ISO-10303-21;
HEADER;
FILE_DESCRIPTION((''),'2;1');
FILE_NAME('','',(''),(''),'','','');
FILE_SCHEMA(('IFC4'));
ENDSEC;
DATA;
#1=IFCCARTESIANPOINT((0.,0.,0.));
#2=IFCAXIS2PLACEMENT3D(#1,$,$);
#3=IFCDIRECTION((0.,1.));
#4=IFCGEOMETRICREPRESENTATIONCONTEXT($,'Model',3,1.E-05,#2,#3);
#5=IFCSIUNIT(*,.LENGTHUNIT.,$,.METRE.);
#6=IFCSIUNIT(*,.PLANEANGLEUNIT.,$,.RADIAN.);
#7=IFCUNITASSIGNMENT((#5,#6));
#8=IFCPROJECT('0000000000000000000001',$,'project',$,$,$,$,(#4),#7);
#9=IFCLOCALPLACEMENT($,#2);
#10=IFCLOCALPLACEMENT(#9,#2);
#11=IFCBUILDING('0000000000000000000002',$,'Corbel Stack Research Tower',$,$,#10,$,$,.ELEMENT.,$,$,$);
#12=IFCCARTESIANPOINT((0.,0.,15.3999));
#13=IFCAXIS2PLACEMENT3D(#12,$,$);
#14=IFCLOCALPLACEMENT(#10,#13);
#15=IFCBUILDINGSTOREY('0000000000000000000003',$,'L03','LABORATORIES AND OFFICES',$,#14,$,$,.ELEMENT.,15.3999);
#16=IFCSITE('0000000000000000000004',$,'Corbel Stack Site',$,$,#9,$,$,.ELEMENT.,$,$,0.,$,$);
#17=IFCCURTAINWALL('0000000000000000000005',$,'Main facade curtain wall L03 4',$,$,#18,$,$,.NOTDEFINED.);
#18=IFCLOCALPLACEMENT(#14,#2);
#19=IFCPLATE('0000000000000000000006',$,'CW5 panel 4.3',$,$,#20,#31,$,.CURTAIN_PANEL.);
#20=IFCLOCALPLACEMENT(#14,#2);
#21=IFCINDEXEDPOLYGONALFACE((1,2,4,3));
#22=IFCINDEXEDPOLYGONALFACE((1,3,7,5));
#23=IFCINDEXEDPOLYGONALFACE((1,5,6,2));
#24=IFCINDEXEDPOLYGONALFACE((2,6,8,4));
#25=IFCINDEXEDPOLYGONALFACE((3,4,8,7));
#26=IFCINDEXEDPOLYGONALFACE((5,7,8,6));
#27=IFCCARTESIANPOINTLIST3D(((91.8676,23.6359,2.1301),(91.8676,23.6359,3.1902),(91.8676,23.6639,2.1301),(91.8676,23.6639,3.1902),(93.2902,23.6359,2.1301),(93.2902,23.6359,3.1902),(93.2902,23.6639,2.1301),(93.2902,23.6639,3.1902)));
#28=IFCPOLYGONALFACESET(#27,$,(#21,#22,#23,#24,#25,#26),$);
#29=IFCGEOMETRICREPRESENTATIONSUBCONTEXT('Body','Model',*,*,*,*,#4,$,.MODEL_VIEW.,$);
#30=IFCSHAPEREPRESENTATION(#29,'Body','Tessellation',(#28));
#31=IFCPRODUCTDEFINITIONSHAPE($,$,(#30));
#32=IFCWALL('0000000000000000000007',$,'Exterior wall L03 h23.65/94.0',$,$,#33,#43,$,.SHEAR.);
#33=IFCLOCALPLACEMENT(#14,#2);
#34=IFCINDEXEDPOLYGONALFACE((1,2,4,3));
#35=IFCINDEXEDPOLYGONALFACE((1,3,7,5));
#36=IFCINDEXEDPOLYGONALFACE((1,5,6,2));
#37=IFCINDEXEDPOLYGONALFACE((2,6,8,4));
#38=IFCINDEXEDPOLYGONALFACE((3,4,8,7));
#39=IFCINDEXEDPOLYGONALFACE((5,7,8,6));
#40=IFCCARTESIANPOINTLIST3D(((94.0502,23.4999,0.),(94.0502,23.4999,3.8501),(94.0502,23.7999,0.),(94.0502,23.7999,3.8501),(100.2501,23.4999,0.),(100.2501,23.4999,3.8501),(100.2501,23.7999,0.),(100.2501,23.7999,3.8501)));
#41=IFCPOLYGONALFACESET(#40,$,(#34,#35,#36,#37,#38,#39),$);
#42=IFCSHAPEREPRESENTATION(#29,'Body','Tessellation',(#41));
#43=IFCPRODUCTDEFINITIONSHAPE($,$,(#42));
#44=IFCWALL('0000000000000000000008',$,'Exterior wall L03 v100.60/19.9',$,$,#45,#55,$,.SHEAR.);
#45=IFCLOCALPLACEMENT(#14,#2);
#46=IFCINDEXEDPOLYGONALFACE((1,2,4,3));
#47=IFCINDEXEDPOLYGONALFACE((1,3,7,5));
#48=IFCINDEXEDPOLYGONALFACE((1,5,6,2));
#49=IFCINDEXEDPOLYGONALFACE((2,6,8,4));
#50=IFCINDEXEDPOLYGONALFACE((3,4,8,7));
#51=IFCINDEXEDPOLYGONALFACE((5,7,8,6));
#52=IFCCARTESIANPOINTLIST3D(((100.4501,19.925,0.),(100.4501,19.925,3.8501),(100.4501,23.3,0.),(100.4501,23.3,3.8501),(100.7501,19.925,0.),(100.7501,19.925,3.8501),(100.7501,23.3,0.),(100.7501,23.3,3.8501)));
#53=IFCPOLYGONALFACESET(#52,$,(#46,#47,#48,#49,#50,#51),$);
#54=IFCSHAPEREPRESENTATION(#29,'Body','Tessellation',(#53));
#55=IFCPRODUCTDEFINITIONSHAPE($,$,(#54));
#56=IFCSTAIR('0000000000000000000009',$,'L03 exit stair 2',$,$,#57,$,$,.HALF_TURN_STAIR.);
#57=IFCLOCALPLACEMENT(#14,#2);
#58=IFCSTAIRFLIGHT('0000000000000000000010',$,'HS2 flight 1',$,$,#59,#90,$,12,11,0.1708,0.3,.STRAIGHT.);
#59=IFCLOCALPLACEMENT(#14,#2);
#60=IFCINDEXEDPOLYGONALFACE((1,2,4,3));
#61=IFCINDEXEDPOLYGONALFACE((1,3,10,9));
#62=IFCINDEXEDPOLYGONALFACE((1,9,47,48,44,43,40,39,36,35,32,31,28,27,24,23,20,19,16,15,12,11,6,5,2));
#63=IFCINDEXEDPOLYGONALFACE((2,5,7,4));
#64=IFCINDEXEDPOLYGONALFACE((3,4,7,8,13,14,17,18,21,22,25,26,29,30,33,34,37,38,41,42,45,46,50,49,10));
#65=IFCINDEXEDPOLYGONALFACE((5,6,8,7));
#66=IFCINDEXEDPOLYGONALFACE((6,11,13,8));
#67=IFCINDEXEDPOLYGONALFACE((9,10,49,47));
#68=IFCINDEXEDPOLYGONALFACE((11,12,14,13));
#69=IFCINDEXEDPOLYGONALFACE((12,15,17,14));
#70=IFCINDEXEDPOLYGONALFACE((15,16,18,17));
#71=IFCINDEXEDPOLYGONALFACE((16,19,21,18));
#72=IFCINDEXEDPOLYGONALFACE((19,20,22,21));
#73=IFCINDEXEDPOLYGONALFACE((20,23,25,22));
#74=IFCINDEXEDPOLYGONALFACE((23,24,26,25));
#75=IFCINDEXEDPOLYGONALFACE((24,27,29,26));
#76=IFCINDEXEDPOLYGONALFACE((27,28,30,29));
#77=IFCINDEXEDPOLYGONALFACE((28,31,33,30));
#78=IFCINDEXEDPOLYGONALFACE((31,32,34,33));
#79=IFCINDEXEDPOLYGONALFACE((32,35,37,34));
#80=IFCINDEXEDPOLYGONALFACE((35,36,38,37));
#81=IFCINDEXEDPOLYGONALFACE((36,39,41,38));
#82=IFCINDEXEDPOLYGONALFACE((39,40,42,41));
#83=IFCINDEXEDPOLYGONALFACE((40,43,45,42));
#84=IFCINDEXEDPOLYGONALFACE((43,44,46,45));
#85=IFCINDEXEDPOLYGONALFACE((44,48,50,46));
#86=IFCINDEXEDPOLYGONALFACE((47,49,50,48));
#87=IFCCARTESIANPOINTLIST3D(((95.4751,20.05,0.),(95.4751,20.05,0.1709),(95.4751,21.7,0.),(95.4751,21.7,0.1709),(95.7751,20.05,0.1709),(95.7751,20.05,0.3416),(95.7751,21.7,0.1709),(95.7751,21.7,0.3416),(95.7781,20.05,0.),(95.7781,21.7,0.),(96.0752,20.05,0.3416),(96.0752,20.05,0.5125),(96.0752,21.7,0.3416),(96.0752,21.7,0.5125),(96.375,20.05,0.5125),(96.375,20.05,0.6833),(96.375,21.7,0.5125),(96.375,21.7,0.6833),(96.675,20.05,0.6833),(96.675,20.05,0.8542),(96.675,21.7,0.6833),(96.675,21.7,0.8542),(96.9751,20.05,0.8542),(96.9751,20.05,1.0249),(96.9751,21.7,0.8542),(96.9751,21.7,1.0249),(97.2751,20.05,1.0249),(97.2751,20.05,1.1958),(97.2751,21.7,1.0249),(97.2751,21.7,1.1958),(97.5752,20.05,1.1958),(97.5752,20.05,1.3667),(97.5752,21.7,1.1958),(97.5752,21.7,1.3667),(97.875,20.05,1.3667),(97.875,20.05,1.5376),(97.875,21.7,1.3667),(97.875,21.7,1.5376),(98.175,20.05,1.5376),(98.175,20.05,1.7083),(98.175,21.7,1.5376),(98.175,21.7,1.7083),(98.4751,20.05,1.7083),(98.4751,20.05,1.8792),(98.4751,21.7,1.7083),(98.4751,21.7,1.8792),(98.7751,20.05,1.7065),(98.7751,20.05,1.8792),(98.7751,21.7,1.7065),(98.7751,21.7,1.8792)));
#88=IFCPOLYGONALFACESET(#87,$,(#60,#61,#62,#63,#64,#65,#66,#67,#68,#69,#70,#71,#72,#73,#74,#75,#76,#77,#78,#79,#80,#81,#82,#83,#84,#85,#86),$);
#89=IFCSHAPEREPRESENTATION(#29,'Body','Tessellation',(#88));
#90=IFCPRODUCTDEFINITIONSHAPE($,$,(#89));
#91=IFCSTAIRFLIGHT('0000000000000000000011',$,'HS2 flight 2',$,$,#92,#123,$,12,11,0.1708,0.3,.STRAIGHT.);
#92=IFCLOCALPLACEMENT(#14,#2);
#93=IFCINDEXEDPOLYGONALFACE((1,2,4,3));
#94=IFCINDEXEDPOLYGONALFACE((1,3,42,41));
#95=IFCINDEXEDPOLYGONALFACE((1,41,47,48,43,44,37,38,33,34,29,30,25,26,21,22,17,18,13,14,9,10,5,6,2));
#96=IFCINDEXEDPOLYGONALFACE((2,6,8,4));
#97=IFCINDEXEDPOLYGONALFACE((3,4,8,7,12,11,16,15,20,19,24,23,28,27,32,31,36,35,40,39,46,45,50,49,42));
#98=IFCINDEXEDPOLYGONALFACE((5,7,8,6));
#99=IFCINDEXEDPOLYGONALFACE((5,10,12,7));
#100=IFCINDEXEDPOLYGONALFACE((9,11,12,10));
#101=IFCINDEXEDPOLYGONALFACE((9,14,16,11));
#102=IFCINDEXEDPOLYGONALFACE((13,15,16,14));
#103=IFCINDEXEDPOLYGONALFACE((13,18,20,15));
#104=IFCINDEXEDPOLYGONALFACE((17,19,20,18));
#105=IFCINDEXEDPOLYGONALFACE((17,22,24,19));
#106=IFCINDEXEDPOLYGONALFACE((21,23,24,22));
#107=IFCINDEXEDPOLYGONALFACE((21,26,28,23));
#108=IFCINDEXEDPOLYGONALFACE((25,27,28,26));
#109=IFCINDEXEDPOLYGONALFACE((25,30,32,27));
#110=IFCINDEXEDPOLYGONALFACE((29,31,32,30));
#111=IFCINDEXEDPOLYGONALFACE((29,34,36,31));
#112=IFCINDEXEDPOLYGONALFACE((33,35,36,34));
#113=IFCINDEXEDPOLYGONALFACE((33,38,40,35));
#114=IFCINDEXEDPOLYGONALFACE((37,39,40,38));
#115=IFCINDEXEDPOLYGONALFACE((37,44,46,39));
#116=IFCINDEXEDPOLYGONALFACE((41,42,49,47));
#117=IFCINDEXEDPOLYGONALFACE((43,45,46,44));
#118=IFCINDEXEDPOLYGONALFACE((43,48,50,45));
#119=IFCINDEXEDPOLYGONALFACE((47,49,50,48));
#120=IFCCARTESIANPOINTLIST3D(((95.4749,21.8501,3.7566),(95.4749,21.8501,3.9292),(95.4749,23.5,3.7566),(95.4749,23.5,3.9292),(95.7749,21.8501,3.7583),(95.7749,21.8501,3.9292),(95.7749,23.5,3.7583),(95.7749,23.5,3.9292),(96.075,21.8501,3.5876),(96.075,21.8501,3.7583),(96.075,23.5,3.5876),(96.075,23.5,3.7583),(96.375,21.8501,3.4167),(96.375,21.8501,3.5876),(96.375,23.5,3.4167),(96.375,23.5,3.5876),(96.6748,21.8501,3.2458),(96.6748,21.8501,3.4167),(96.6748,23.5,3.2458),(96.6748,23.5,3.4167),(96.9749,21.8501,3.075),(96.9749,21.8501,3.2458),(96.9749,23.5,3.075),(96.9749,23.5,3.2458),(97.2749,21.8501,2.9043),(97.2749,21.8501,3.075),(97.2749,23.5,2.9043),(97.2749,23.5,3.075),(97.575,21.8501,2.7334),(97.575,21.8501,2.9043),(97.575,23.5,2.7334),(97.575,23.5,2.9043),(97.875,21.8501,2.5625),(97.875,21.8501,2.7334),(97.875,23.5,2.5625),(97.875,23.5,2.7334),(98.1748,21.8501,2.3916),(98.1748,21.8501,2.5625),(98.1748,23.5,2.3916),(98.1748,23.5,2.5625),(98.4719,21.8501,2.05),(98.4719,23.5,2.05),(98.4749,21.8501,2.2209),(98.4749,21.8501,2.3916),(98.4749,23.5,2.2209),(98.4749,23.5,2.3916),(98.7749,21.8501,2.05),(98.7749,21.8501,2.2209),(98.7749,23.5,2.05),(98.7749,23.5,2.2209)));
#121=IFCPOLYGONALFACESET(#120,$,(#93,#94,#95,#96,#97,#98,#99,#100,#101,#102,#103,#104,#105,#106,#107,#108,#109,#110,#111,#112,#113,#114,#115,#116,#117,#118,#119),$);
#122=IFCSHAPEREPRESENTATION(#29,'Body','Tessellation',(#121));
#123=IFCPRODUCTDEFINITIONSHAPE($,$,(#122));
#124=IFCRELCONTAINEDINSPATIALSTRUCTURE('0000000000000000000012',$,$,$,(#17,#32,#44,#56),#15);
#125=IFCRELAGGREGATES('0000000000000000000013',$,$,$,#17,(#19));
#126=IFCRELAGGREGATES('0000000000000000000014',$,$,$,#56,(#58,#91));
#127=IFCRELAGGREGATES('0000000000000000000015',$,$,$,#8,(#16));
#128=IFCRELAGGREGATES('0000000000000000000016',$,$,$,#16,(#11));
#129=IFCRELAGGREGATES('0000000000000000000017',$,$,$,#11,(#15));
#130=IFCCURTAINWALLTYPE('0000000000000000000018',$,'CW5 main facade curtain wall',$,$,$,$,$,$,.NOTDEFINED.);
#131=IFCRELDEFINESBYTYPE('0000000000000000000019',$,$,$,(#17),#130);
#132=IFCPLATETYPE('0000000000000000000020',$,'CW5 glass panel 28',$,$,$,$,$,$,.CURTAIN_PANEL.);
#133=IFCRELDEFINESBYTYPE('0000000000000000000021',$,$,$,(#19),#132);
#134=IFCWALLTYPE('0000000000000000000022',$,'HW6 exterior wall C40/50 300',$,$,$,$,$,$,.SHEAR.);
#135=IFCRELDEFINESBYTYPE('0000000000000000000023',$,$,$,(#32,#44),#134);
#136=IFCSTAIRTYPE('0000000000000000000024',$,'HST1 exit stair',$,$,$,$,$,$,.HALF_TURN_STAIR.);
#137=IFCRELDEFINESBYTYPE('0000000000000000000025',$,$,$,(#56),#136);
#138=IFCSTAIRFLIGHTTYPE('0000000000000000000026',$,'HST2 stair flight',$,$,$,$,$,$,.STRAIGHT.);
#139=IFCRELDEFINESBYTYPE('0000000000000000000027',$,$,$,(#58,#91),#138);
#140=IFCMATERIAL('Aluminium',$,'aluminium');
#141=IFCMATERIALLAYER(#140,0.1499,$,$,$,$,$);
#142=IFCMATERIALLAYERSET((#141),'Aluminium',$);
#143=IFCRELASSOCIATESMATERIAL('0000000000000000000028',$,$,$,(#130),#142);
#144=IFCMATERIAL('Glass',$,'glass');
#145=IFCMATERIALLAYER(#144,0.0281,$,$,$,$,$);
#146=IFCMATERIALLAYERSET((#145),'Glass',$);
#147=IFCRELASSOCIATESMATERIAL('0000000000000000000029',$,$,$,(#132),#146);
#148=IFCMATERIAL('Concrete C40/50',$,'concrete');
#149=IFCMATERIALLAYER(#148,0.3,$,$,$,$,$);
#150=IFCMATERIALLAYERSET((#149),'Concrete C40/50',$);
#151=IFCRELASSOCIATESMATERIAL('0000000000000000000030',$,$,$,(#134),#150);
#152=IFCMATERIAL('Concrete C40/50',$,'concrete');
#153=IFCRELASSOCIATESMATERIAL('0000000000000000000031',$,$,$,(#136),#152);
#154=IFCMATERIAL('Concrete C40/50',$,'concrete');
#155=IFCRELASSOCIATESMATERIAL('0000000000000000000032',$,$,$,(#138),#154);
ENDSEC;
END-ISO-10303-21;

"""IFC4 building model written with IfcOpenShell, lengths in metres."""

from ifc_helpers import new_model, si_unit, direction, frame, frame_2d, origin, origin_2d, place, context, subcontext, project, spatial, polyline, rectangle, outline, extrude, material, layer, layer_set, type_object, element, aggregate, save


model = new_model("IFC4")

# Units and contexts
model_context = context("Model", 3, precision=1e-05, world=origin(), true_north=direction((0.0, 1.0)))
body_context = subcontext(model_context, "Body", "Model", "MODEL_VIEW")
ifc_project = project(units=[si_unit("LENGTHUNIT", "METRE"), si_unit("PLANEANGLEUNIT", "RADIAN")], contexts=[model_context])

# Site, building, storey
site_placement = place(None, origin())
site = spatial("IfcSite", under=ifc_project, at=site_placement, Name="Corbel Stack Site", CompositionType="ELEMENT", RefElevation=0.0)
building_placement = place(site_placement, origin())
building = spatial("IfcBuilding", under=site, at=building_placement, Name="Corbel Stack Research Tower", CompositionType="ELEMENT")
storey_placement = place(building_placement, frame((0.0, 0.0, 15.3999)))
storey = spatial("IfcBuildingStorey", under=building, at=storey_placement, Name="L03", Description="LABORATORIES AND OFFICES", CompositionType="ELEMENT", Elevation=15.3999)

# Curtain wall, plate
ifc_material_1 = material(Name="Aluminium", Category="aluminium")
ifc_layer_1 = layer(ifc_material_1, 0.1499)
ifc_layer_set_1 = layer_set([ifc_layer_1], Name="Aluminium")
curtain_wall_type = type_object("IfcCurtainWallType", Name="CW5 main facade curtain wall", PredefinedType="NOTDEFINED", material=ifc_layer_set_1)
curtain_wall_placement = place(storey_placement, origin())
curtain_wall = element("IfcCurtainWall", 1, at=curtain_wall_placement, inside=storey, type_object=curtain_wall_type, Name="Main facade curtain wall L03 4", PredefinedType="NOTDEFINED")
ifc_material_2 = material(Name="Glass", Category="glass")
ifc_layer_2 = layer(ifc_material_2, 0.0281)
ifc_layer_set_2 = layer_set([ifc_layer_2], Name="Glass")
plate_type = type_object("IfcPlateType", Name="CW5 glass panel 28", PredefinedType="CURTAIN_PANEL", material=ifc_layer_set_2)
plate_1_placement = place(storey_placement, frame((92.5789, 23.6499, 2.1301), z_axis=(0.0, 0.0, 1.0), x_axis=(1.0, 0.0, 0.0)))
plate_1 = element("IfcPlate", 2, at=plate_1_placement, type_object=plate_type, Name="CW5 panel 4.3", PredefinedType="CURTAIN_PANEL", context=body_context, shape_type="SweptSolid", body=[
    extrude(rectangle(XDim=1.4226, YDim=0.0281, at=origin_2d()), origin(), (0.0, 0.0, 1.0), 1.0601),
])
aggregate(curtain_wall, [plate_1])

# Walls
ifc_material_3 = material(Name="Concrete C40/50", Category="concrete")
ifc_layer_3 = layer(ifc_material_3, 0.3)
ifc_layer_set_3 = layer_set([ifc_layer_3], Name="Concrete C40/50")
wall_type = type_object("IfcWallType", Name="HW6 exterior wall C40/50 300", PredefinedType="SHEAR", material=ifc_layer_set_3)
wall_1_placement = place(storey_placement, frame((94.05, 23.6499, 0.0), z_axis=(0.0, 0.0, 1.0), x_axis=(1.0, 0.0, 0.0)))
element("IfcWall", 3, at=wall_1_placement, inside=storey, type_object=wall_type, Name="Exterior wall L03 h23.65/94.0", PredefinedType="SHEAR", context=body_context, shape_type="SweptSolid", body=[
    extrude(rectangle(XDim=6.2, YDim=0.3, at=frame_2d((3.1001, 0.0))), origin(), (0.0, 0.0, 1.0), 3.8501),
])
wall_2_placement = place(storey_placement, frame((100.6001, 19.925, 0.0), z_axis=(0.0, 0.0, 1.0), x_axis=(0.0, 1.0, 0.0)))
element("IfcWall", 4, at=wall_2_placement, inside=storey, type_object=wall_type, Name="Exterior wall L03 v100.60/19.9", PredefinedType="SHEAR", context=body_context, shape_type="SweptSolid", body=[
    extrude(rectangle(XDim=3.375, YDim=0.3, at=frame_2d((1.6875, 0.0))), origin(), (0.0, 0.0, 1.0), 3.8501),
])

# Stair, stair flights
ifc_material_4 = material(Name="Concrete C40/50", Category="concrete")
stair_type = type_object("IfcStairType", Name="HST1 exit stair", PredefinedType="HALF_TURN_STAIR", material=ifc_material_4)
stair_placement = place(storey_placement, origin())
stair = element("IfcStair", 5, at=stair_placement, inside=storey, type_object=stair_type, Name="L03 exit stair 2", PredefinedType="HALF_TURN_STAIR")
ifc_material_5 = material(Name="Concrete C40/50", Category="concrete")
stair_flight_type = type_object("IfcStairFlightType", Name="HST2 stair flight", PredefinedType="STRAIGHT", material=ifc_material_5)
stair_flight_1_placement = place(storey_placement, frame((95.4751, 20.875, 0.0), z_axis=(0.0, 0.0, 1.0), x_axis=(1.0, 0.0, 0.0)))
stair_flight_1 = element("IfcStairFlight", 6, at=stair_flight_1_placement, type_object=stair_flight_type, Name="HS2 flight 1", NumberOfRisers=12, NumberOfTreads=11, PredefinedType="STRAIGHT", RiserHeight=0.1708, TreadLength=0.3, context=body_context, shape_type="SweptSolid", body=[
    extrude(outline(polyline([(0.0, 0.0), (0.0, 0.1709), (0.3, 0.1709), (0.3, 0.3416), (0.6001, 0.3416), (0.6001, 0.5125), (0.8999, 0.5125), (0.8999, 0.6833), (1.2, 0.6833), (1.2, 0.8542), (1.5, 0.8542), (1.5, 1.0249), (1.8, 1.0249), (1.8, 1.1958), (2.1001, 1.1958), (2.1001, 1.3667), (2.3999, 1.3667), (2.3999, 1.5376), (2.7, 1.5376), (2.7, 1.7083), (3.0, 1.7083), (3.0, 1.8792), (3.3, 1.8792), (3.3, 2.05), (3.3, 1.7065), (0.303, 0.0), (0.0, 0.0)])), frame((0.0, 0.825, 0.0), z_axis=(0.0, -1.0, 0.0), x_axis=(1.0, 0.0, 0.0)), (0.0, 0.0, 1.0), 1.6499),
])
stair_flight_2_placement = place(storey_placement, frame((98.7749, 22.675, 2.05), z_axis=(0.0, 0.0, 1.0), x_axis=(-1.0, 0.0, 0.0)))
stair_flight_2 = element("IfcStairFlight", 7, at=stair_flight_2_placement, type_object=stair_flight_type, Name="HS2 flight 2", NumberOfRisers=12, NumberOfTreads=11, PredefinedType="STRAIGHT", RiserHeight=0.1708, TreadLength=0.3, context=body_context, shape_type="SweptSolid", body=[
    extrude(outline(polyline([(0.0, 0.0), (0.0, 0.1709), (0.3, 0.1709), (0.3, 0.3416), (0.6001, 0.3416), (0.6001, 0.5125), (0.8999, 0.5125), (0.8999, 0.6833), (1.2, 0.6833), (1.2, 0.8542), (1.5, 0.8542), (1.5, 1.0249), (1.8, 1.0249), (1.8, 1.1958), (2.1001, 1.1958), (2.1001, 1.3667), (2.3999, 1.3667), (2.3999, 1.5376), (2.7, 1.5376), (2.7, 1.7083), (3.0, 1.7083), (3.0, 1.8792), (3.3, 1.8792), (3.3, 2.05), (3.3, 1.7065), (0.303, 0.0), (0.0, 0.0)])), frame((0.0, 0.825, 0.0), z_axis=(0.0, -1.0, 0.0), x_axis=(1.0, 0.0, 0.0)), (0.0, 0.0, 1.0), 1.6499),
])
aggregate(stair, [stair_flight_1, stair_flight_2])

save(model, "model.ifc")
